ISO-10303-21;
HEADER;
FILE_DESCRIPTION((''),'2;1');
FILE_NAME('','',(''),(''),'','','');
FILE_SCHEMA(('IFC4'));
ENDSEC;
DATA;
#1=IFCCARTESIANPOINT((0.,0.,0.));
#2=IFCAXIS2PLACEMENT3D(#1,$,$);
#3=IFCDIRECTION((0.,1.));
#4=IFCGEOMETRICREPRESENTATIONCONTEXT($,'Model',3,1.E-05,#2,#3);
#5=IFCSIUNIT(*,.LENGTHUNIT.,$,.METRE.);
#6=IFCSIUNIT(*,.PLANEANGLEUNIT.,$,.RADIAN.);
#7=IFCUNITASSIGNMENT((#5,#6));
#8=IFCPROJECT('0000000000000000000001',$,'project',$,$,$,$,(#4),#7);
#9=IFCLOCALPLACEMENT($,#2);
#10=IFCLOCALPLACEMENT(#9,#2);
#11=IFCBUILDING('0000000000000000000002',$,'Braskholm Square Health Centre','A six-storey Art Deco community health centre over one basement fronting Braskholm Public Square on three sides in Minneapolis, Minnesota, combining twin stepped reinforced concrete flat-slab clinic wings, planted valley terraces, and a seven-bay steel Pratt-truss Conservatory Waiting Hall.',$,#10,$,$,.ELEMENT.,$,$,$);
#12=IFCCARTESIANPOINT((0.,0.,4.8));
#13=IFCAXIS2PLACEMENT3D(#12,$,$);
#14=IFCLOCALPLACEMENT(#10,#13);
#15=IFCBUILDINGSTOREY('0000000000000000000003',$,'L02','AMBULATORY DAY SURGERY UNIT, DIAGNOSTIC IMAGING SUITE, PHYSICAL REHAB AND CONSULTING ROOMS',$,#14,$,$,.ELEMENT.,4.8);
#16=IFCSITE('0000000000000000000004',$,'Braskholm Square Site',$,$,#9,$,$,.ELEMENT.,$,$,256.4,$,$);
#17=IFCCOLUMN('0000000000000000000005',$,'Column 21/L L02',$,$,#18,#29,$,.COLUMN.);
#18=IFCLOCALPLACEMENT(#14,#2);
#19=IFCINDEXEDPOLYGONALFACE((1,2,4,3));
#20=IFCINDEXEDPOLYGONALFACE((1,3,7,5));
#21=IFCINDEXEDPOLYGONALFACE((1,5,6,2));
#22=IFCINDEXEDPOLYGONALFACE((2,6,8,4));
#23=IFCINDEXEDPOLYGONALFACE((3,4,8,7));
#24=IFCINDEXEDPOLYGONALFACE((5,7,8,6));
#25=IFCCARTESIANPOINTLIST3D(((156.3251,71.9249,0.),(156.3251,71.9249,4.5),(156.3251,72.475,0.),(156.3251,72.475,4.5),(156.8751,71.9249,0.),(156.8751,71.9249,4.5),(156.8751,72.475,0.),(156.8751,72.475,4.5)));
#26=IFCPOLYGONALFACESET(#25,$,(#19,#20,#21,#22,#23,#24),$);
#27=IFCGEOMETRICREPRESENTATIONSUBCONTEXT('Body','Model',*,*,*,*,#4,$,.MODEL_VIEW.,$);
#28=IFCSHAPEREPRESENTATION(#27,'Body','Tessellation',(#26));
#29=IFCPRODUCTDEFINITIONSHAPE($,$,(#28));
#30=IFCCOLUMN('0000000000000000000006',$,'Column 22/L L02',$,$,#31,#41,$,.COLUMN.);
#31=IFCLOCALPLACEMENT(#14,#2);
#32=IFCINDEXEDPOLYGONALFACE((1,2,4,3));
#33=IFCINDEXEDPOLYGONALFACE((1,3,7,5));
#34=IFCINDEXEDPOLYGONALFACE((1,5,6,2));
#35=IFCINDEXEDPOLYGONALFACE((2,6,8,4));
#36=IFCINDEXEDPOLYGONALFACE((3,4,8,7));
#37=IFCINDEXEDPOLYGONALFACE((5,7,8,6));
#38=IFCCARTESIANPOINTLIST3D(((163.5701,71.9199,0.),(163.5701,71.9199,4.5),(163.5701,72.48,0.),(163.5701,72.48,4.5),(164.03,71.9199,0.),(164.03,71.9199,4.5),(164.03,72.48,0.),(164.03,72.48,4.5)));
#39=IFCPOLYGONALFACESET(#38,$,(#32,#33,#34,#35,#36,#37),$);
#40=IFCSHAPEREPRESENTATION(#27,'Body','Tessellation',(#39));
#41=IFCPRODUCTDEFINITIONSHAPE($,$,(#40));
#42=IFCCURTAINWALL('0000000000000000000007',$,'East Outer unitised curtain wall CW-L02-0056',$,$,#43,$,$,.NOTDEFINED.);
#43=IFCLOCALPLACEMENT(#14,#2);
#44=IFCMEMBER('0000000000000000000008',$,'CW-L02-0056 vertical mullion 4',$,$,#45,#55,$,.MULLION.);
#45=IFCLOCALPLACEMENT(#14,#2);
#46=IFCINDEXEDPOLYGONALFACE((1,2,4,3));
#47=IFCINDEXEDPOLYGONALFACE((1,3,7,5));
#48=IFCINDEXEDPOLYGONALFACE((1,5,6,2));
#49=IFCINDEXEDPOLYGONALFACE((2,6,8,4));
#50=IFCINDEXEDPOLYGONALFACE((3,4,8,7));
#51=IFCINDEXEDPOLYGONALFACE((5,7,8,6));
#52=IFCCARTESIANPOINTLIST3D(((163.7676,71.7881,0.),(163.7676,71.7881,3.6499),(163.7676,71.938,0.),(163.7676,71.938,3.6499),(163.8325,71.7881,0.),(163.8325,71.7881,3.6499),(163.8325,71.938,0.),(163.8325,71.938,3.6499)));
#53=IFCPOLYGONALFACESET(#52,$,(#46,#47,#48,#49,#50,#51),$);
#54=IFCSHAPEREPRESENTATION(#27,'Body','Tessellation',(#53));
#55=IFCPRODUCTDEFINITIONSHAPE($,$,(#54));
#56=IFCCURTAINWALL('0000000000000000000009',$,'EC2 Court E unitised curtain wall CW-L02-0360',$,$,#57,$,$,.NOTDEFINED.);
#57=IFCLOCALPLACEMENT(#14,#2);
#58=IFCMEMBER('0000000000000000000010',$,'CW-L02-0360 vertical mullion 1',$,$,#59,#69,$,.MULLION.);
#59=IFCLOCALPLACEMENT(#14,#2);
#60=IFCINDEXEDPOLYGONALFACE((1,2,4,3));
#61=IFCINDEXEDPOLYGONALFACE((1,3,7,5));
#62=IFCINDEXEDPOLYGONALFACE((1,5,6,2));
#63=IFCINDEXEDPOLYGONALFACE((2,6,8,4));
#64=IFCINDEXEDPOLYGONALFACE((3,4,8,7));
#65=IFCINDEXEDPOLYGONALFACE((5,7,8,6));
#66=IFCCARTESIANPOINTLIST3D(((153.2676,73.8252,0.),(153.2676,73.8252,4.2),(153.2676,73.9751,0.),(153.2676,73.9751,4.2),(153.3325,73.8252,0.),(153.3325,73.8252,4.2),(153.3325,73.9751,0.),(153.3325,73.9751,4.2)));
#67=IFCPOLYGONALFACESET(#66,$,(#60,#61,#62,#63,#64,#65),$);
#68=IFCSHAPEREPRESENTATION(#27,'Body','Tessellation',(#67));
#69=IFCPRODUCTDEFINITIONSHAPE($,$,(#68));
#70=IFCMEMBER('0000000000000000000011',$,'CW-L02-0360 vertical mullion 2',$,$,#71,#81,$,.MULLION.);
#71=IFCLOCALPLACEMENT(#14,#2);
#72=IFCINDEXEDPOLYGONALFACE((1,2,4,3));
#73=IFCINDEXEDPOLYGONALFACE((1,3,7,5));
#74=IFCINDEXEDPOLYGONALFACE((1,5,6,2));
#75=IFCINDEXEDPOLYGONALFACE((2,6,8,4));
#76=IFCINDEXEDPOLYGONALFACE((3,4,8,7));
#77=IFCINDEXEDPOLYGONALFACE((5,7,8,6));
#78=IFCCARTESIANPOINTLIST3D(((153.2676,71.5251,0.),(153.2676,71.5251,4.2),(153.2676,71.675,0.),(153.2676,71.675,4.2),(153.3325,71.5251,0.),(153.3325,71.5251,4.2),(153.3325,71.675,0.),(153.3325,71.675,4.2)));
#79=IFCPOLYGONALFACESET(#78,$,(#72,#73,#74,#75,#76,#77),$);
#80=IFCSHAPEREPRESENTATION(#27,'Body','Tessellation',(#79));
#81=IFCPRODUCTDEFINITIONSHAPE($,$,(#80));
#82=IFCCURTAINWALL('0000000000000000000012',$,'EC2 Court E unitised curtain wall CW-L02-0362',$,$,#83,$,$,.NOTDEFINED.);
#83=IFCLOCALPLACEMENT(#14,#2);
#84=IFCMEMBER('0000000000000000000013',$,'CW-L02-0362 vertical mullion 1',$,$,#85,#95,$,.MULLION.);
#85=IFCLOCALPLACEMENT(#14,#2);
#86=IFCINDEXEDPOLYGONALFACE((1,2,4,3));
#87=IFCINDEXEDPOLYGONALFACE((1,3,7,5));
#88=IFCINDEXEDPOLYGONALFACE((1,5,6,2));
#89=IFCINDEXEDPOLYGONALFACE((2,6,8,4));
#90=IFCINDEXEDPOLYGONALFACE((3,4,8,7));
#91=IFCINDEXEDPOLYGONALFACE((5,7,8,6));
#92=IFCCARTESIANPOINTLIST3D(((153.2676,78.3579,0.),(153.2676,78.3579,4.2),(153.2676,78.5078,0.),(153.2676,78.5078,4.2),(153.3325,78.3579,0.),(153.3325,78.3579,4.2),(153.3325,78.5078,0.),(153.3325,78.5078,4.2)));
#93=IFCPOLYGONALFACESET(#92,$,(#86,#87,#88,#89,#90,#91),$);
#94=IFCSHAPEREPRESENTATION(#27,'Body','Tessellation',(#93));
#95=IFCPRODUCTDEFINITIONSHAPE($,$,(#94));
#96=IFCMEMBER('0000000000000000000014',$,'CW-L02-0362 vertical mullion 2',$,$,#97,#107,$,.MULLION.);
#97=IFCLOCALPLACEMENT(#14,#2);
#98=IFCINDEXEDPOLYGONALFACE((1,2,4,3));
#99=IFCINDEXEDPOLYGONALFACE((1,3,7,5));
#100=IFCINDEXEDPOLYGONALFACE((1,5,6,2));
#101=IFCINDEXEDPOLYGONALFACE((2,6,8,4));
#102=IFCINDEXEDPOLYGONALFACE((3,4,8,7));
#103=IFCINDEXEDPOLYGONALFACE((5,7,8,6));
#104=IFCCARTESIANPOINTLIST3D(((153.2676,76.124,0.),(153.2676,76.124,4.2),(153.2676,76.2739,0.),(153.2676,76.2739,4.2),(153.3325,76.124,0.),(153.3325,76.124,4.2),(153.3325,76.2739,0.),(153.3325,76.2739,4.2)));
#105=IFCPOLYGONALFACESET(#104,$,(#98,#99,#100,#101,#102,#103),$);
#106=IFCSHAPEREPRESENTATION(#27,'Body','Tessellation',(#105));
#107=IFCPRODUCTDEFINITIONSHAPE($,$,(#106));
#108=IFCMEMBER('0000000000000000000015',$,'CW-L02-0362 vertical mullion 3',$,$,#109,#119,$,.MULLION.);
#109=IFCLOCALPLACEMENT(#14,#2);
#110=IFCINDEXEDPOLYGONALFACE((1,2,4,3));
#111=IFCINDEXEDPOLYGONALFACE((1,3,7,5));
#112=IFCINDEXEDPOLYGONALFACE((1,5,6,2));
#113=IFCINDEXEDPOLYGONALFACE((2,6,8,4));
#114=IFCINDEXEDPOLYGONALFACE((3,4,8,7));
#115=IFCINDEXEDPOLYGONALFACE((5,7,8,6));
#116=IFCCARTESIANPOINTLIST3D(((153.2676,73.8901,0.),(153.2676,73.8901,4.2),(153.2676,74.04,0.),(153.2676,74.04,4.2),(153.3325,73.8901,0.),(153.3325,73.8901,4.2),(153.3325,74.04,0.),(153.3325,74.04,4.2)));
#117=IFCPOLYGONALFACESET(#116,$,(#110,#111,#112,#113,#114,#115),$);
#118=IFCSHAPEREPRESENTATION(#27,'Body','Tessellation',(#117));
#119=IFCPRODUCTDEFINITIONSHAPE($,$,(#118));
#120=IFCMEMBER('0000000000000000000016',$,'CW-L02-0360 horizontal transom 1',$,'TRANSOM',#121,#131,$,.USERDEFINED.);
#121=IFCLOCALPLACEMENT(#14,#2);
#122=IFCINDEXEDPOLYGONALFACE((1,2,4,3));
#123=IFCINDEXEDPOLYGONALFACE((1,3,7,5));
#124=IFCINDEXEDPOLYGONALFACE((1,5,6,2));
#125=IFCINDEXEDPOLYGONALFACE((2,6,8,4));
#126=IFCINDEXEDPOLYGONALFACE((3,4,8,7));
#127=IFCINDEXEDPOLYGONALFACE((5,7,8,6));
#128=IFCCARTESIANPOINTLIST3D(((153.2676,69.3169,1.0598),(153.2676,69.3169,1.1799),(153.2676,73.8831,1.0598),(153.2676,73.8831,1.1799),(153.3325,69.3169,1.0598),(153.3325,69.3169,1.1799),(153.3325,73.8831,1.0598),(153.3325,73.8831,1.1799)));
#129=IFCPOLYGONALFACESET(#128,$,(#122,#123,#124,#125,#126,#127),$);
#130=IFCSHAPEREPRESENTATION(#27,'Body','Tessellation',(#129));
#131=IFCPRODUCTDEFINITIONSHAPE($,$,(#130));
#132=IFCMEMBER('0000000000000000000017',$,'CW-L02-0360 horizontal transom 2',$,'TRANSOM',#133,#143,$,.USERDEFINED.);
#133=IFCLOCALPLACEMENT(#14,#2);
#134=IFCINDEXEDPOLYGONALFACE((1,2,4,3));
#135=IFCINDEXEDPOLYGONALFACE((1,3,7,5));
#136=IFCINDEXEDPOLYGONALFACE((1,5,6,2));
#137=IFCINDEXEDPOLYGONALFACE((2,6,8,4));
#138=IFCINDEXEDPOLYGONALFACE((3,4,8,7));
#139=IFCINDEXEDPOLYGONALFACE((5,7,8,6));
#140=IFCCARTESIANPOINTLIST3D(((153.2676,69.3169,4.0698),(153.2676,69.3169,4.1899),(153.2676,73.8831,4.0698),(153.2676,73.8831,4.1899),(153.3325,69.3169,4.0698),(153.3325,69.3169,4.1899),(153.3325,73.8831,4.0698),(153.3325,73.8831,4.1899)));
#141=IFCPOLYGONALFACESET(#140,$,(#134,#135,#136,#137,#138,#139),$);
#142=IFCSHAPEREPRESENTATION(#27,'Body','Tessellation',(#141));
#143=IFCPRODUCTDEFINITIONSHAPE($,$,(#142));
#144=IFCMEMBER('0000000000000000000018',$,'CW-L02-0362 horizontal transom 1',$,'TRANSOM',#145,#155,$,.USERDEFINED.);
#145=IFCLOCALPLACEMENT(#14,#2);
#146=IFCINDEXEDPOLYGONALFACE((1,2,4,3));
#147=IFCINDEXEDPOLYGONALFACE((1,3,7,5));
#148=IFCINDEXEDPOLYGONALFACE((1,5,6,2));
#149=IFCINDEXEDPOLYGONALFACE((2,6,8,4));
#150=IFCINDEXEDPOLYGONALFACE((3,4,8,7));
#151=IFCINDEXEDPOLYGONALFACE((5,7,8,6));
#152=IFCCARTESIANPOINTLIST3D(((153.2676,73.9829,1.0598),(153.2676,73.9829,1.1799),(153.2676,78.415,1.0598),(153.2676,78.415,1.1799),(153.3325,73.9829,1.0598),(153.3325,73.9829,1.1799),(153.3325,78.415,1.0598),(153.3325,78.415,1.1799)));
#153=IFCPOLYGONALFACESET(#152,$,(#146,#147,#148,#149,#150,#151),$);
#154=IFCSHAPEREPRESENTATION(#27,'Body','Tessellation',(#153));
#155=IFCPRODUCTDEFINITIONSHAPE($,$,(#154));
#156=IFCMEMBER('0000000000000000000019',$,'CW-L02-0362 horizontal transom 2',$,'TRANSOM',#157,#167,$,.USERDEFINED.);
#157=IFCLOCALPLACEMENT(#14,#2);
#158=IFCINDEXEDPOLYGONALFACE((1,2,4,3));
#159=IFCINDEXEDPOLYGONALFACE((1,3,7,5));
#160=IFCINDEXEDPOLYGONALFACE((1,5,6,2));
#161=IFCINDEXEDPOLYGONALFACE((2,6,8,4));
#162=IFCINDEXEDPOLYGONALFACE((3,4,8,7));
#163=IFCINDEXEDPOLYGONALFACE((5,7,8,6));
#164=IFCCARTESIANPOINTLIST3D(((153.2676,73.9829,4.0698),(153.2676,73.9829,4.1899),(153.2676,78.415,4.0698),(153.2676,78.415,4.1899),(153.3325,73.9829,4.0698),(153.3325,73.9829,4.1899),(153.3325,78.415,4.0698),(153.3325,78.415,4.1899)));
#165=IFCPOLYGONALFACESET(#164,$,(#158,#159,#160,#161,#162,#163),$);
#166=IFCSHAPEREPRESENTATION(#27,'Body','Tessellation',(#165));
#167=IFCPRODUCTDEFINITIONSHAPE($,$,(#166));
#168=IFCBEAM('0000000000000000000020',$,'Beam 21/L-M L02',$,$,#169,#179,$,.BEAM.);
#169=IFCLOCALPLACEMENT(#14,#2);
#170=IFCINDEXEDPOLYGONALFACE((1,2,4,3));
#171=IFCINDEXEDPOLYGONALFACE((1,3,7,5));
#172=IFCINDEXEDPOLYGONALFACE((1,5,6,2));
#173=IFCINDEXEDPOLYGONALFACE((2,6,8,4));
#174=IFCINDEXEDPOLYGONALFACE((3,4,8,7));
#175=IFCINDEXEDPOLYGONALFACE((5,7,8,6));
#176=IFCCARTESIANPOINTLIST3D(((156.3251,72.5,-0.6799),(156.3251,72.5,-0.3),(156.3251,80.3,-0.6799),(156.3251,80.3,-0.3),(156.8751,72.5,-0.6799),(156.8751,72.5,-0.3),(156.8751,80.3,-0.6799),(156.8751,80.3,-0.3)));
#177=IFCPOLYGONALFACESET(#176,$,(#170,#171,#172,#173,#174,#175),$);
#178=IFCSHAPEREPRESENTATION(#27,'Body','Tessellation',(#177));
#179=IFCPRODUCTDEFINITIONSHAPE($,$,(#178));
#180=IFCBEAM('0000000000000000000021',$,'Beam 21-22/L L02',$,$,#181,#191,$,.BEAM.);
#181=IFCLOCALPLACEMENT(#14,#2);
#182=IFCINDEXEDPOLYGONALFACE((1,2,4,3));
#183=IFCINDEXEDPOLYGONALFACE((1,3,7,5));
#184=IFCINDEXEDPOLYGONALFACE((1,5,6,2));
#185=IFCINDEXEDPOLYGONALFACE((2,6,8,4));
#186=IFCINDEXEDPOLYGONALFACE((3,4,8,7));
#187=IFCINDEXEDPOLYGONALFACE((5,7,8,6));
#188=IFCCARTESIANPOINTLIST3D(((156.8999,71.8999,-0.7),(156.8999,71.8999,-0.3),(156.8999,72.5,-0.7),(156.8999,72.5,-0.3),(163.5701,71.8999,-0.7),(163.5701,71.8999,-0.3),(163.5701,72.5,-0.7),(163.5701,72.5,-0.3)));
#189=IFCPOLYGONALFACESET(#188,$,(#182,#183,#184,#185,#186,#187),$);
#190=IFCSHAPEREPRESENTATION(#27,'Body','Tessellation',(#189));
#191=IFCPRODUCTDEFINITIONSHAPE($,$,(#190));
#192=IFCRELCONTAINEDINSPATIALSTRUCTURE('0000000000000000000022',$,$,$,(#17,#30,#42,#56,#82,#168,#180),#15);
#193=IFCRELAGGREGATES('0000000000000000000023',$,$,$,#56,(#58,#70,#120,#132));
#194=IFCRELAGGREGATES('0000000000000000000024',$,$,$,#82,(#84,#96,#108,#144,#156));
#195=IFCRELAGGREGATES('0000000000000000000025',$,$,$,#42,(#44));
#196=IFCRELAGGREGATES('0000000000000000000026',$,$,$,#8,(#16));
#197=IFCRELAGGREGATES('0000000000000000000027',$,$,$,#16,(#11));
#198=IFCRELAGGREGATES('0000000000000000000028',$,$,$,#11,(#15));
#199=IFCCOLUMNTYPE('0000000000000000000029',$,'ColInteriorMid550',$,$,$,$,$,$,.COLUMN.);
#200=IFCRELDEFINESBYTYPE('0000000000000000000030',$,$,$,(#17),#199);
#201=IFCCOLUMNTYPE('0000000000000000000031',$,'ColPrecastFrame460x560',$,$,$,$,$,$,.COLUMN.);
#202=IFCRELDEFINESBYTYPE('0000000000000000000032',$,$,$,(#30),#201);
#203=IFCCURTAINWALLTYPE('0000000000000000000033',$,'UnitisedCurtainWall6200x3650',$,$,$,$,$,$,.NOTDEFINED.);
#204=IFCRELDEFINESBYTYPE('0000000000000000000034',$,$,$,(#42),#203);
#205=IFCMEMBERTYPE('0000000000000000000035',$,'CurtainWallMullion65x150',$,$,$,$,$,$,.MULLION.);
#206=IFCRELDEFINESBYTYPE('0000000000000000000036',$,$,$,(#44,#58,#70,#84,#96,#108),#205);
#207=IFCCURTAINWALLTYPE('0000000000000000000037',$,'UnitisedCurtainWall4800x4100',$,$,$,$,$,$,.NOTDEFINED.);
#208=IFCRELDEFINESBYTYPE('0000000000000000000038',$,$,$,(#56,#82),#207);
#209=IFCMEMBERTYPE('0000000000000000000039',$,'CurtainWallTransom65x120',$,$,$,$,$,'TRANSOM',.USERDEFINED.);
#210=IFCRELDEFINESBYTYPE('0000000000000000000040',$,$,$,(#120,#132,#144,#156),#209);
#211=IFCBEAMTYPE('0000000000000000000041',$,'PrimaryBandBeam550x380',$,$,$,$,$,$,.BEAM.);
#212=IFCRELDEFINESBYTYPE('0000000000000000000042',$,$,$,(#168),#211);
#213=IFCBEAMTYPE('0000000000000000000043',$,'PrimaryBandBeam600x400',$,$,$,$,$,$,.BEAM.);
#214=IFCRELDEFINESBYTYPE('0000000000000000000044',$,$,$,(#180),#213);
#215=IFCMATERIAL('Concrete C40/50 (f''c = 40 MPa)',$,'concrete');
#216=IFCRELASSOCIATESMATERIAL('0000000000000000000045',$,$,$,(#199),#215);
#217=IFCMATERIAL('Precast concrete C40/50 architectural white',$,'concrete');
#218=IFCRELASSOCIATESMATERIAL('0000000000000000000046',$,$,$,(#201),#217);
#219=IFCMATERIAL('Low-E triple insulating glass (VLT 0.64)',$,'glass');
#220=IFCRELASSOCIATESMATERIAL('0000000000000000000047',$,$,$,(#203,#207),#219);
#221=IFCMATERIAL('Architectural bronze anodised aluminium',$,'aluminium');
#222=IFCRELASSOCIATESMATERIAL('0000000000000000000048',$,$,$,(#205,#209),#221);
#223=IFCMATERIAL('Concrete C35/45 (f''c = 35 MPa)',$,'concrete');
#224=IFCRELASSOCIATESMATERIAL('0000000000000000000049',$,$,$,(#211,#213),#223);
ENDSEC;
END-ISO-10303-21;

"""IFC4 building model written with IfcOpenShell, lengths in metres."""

from ifc_helpers import new_model, si_unit, direction, frame, origin, origin_2d, place, context, subcontext, project, spatial, rectangle, extrude, material, material_profile, profile_set, type_object, element, aggregate, save


model = new_model("IFC4")

# Units and contexts
model_context = context("Model", 3, precision=1e-05, world=origin(), true_north=direction((0.0, 1.0)))
body_context = subcontext(model_context, "Body", "Model", "MODEL_VIEW")
ifc_project = project(units=[si_unit("LENGTHUNIT", "METRE"), si_unit("PLANEANGLEUNIT", "RADIAN")], contexts=[model_context])

# Site, building, storey
site_placement = place(None, origin())
site = spatial("IfcSite", under=ifc_project, at=site_placement, Name="Braskholm Square Site", CompositionType="ELEMENT", RefElevation=256.4)
building_placement = place(site_placement, origin())
building = spatial("IfcBuilding", under=site, at=building_placement, Name="Braskholm Square Health Centre", Description="A six-storey Art Deco community health centre over one basement fronting Braskholm Public Square on three sides in Minneapolis, Minnesota, combining twin stepped reinforced concrete flat-slab clinic wings, planted valley terraces, and a seven-bay steel Pratt-truss Conservatory Waiting Hall.", CompositionType="ELEMENT")
storey_placement = place(building_placement, frame((0.0, 0.0, 4.8)))
storey = spatial("IfcBuildingStorey", under=building, at=storey_placement, Name="L02", Description="AMBULATORY DAY SURGERY UNIT, DIAGNOSTIC IMAGING SUITE, PHYSICAL REHAB AND CONSULTING ROOMS", CompositionType="ELEMENT", Elevation=4.8)

# Columns
ifc_material_1 = material(Name="Concrete C40/50 (f'c = 40 MPa)", Category="concrete")
ifc_material_profile_1 = material_profile(ifc_material_1, rectangle(XDim=0.55, YDim=0.55, at=origin_2d()), Name="RC-550X550")
ifc_profile_set_1 = profile_set([ifc_material_profile_1], Name="Concrete C40/50 (f'c = 40 MPa)")
column_type_1 = type_object("IfcColumnType", Name="ColInteriorMid550", PredefinedType="COLUMN", material=ifc_profile_set_1)
column_1_placement = place(storey_placement, frame((156.6001, 72.2, 0.0), z_axis=(0.0, 0.0, 1.0), x_axis=(1.0, 0.0, 0.0)))
element("IfcColumn", 1, at=column_1_placement, inside=storey, type_object=column_type_1, Name="Column 21/L L02", PredefinedType="COLUMN", context=body_context, shape_type="SweptSolid", body=[
    extrude(rectangle(XDim=0.55, YDim=0.55, at=origin_2d()), origin(), (0.0, 0.0, 1.0), 4.5),
])
ifc_material_2 = material(Name="Precast concrete C40/50 architectural white", Category="concrete")
ifc_material_profile_2 = material_profile(ifc_material_2, rectangle(XDim=0.46, YDim=0.5601, at=origin_2d()), Name="RC-460X560")
ifc_profile_set_2 = profile_set([ifc_material_profile_2], Name="Precast concrete C40/50 architectural white")
column_type_2 = type_object("IfcColumnType", Name="ColPrecastFrame460x560", PredefinedType="COLUMN", material=ifc_profile_set_2)
column_2_placement = place(storey_placement, frame((163.8, 72.2, 0.0), z_axis=(0.0, 0.0, 1.0), x_axis=(1.0, 0.0, 0.0)))
element("IfcColumn", 2, at=column_2_placement, inside=storey, type_object=column_type_2, Name="Column 22/L L02", PredefinedType="COLUMN", context=body_context, shape_type="SweptSolid", body=[
    extrude(rectangle(XDim=0.46, YDim=0.5601, at=origin_2d()), origin(), (0.0, 0.0, 1.0), 4.5),
])

# Curtain wall, member
ifc_material_3 = material(Name="Low-E triple insulating glass (VLT 0.64)", Category="glass")
curtain_wall_type_1 = type_object("IfcCurtainWallType", Name="UnitisedCurtainWall6200x3650", PredefinedType="NOTDEFINED", material=ifc_material_3)
curtain_wall_1_placement = place(storey_placement, origin())
curtain_wall_1 = element("IfcCurtainWall", 3, at=curtain_wall_1_placement, inside=storey, type_object=curtain_wall_type_1, Name="East Outer unitised curtain wall CW-L02-0056", PredefinedType="NOTDEFINED")
ifc_material_4 = material(Name="Architectural bronze anodised aluminium", Category="aluminium")
ifc_material_profile_3 = material_profile(ifc_material_4, rectangle(XDim=0.0649, YDim=0.1499, at=origin_2d()), Name="ALU-65X150")
ifc_profile_set_3 = profile_set([ifc_material_profile_3], Name="Architectural bronze anodised aluminium")
member_type_1 = type_object("IfcMemberType", Name="CurtainWallMullion65x150", PredefinedType="MULLION", material=ifc_profile_set_3)
member_1_placement = place(storey_placement, frame((163.8, 71.863, 0.0), z_axis=(0.0, 0.0, 1.0), x_axis=(1.0, 0.0, 0.0)))
member_1 = element("IfcMember", 4, at=member_1_placement, type_object=member_type_1, Name="CW-L02-0056 vertical mullion 4", PredefinedType="MULLION", context=body_context, shape_type="SweptSolid", body=[
    extrude(rectangle(XDim=0.0649, YDim=0.1499, at=origin_2d()), origin(), (0.0, 0.0, 1.0), 3.6499),
])

# Curtain walls, members
curtain_wall_type_2 = type_object("IfcCurtainWallType", Name="UnitisedCurtainWall4800x4100", PredefinedType="NOTDEFINED", material=ifc_material_3)
curtain_wall_2_placement = place(storey_placement, origin())
curtain_wall_2 = element("IfcCurtainWall", 5, at=curtain_wall_2_placement, inside=storey, type_object=curtain_wall_type_2, Name="EC2 Court E unitised curtain wall CW-L02-0360", PredefinedType="NOTDEFINED")
member_2_placement = place(storey_placement, frame((153.3, 73.9001, 0.0), z_axis=(0.0, 0.0, 1.0), x_axis=(1.0, 0.0, 0.0)))
member_2 = element("IfcMember", 6, at=member_2_placement, type_object=member_type_1, Name="CW-L02-0360 vertical mullion 1", PredefinedType="MULLION", context=body_context, shape_type="SweptSolid", body=[
    extrude(rectangle(XDim=0.0649, YDim=0.1499, at=origin_2d()), origin(), (0.0, 0.0, 1.0), 4.2),
])
member_3_placement = place(storey_placement, frame((153.3, 71.6001, 0.0), z_axis=(0.0, 0.0, 1.0), x_axis=(1.0, 0.0, 0.0)))
member_3 = element("IfcMember", 7, at=member_3_placement, type_object=member_type_1, Name="CW-L02-0360 vertical mullion 2", PredefinedType="MULLION", context=body_context, shape_type="SweptSolid", body=[
    extrude(rectangle(XDim=0.0649, YDim=0.1499, at=origin_2d()), origin(), (0.0, 0.0, 1.0), 4.2),
])
curtain_wall_3_placement = place(storey_placement, origin())
curtain_wall_3 = element("IfcCurtainWall", 8, at=curtain_wall_3_placement, inside=storey, type_object=curtain_wall_type_2, Name="EC2 Court E unitised curtain wall CW-L02-0362", PredefinedType="NOTDEFINED")
member_4_placement = place(storey_placement, frame((153.3, 78.4329, 0.0), z_axis=(0.0, 0.0, 1.0), x_axis=(1.0, 0.0, 0.0)))
member_4 = element("IfcMember", 9, at=member_4_placement, type_object=member_type_1, Name="CW-L02-0362 vertical mullion 1", PredefinedType="MULLION", context=body_context, shape_type="SweptSolid", body=[
    extrude(rectangle(XDim=0.0649, YDim=0.1499, at=origin_2d()), origin(), (0.0, 0.0, 1.0), 4.2),
])
member_5_placement = place(storey_placement, frame((153.3, 76.199, 0.0), z_axis=(0.0, 0.0, 1.0), x_axis=(1.0, 0.0, 0.0)))
member_5 = element("IfcMember", 10, at=member_5_placement, type_object=member_type_1, Name="CW-L02-0362 vertical mullion 2", PredefinedType="MULLION", context=body_context, shape_type="SweptSolid", body=[
    extrude(rectangle(XDim=0.0649, YDim=0.1499, at=origin_2d()), origin(), (0.0, 0.0, 1.0), 4.2),
])
member_6_placement = place(storey_placement, frame((153.3, 73.9651, 0.0), z_axis=(0.0, 0.0, 1.0), x_axis=(1.0, 0.0, 0.0)))
member_6 = element("IfcMember", 11, at=member_6_placement, type_object=member_type_1, Name="CW-L02-0362 vertical mullion 3", PredefinedType="MULLION", context=body_context, shape_type="SweptSolid", body=[
    extrude(rectangle(XDim=0.0649, YDim=0.1499, at=origin_2d()), origin(), (0.0, 0.0, 1.0), 4.2),
])

# Members
ifc_material_profile_4 = material_profile(ifc_material_4, rectangle(XDim=0.0649, YDim=0.1201, at=origin_2d()), Name="ALU-65X120")
ifc_profile_set_4 = profile_set([ifc_material_profile_4], Name="Architectural bronze anodised aluminium")
member_type_2 = type_object("IfcMemberType", Name="CurtainWallTransom65x120", ElementType="TRANSOM", PredefinedType="USERDEFINED", material=ifc_profile_set_4)
member_7_placement = place(storey_placement, frame((153.3, 73.8831, 1.1199), z_axis=(0.0, -1.0, 0.0), x_axis=(1.0, 0.0, 0.0)))
member_7 = element("IfcMember", 12, at=member_7_placement, type_object=member_type_2, Name="CW-L02-0360 horizontal transom 1", ObjectType="TRANSOM", PredefinedType="USERDEFINED", context=body_context, shape_type="SweptSolid", body=[
    extrude(rectangle(XDim=0.0649, YDim=0.1201, at=origin_2d()), origin(), (0.0, 0.0, 1.0), 4.5662),
])
member_8_placement = place(storey_placement, frame((153.3, 73.8831, 4.1299), z_axis=(0.0, -1.0, 0.0), x_axis=(1.0, 0.0, 0.0)))
member_8 = element("IfcMember", 13, at=member_8_placement, type_object=member_type_2, Name="CW-L02-0360 horizontal transom 2", ObjectType="TRANSOM", PredefinedType="USERDEFINED", context=body_context, shape_type="SweptSolid", body=[
    extrude(rectangle(XDim=0.0649, YDim=0.1201, at=origin_2d()), origin(), (0.0, 0.0, 1.0), 4.5662),
])
member_9_placement = place(storey_placement, frame((153.3, 78.415, 1.1199), z_axis=(0.0, -1.0, 0.0), x_axis=(1.0, 0.0, 0.0)))
member_9 = element("IfcMember", 14, at=member_9_placement, type_object=member_type_2, Name="CW-L02-0362 horizontal transom 1", ObjectType="TRANSOM", PredefinedType="USERDEFINED", context=body_context, shape_type="SweptSolid", body=[
    extrude(rectangle(XDim=0.0649, YDim=0.1201, at=origin_2d()), origin(), (0.0, 0.0, 1.0), 4.4321),
])
member_10_placement = place(storey_placement, frame((153.3, 78.415, 4.1299), z_axis=(0.0, -1.0, 0.0), x_axis=(1.0, 0.0, 0.0)))
member_10 = element("IfcMember", 15, at=member_10_placement, type_object=member_type_2, Name="CW-L02-0362 horizontal transom 2", ObjectType="TRANSOM", PredefinedType="USERDEFINED", context=body_context, shape_type="SweptSolid", body=[
    extrude(rectangle(XDim=0.0649, YDim=0.1201, at=origin_2d()), origin(), (0.0, 0.0, 1.0), 4.4321),
])

# Beams
ifc_material_5 = material(Name="Concrete C35/45 (f'c = 35 MPa)", Category="concrete")
ifc_material_profile_5 = material_profile(ifc_material_5, rectangle(XDim=0.55, YDim=0.3799, at=origin_2d()), Name="RCB-550X380")
ifc_profile_set_5 = profile_set([ifc_material_profile_5], Name="Concrete C35/45 (f'c = 35 MPa)")
beam_type_1 = type_object("IfcBeamType", Name="PrimaryBandBeam550x380", PredefinedType="BEAM", material=ifc_profile_set_5)
beam_1_placement = place(storey_placement, frame((156.6001, 72.5, -0.49), z_axis=(0.0, 1.0, 0.0), x_axis=(-1.0, 0.0, 0.0)))
element("IfcBeam", 16, at=beam_1_placement, inside=storey, type_object=beam_type_1, Name="Beam 21/L-M L02", PredefinedType="BEAM", context=body_context, shape_type="SweptSolid", body=[
    extrude(rectangle(XDim=0.55, YDim=0.3799, at=origin_2d()), origin(), (0.0, 0.0, 1.0), 7.8),
])
ifc_material_profile_6 = material_profile(ifc_material_5, rectangle(XDim=0.6001, YDim=0.3999, at=origin_2d()), Name="RCB-600X400")
ifc_profile_set_6 = profile_set([ifc_material_profile_6], Name="Concrete C35/45 (f'c = 35 MPa)")
beam_type_2 = type_object("IfcBeamType", Name="PrimaryBandBeam600x400", PredefinedType="BEAM", material=ifc_profile_set_6)
beam_2_placement = place(storey_placement, frame((156.8999, 72.2, -0.5), z_axis=(1.0, 0.0, 0.0), x_axis=(0.0, 1.0, 0.0)))
element("IfcBeam", 17, at=beam_2_placement, inside=storey, type_object=beam_type_2, Name="Beam 21-22/L L02", PredefinedType="BEAM", context=body_context, shape_type="SweptSolid", body=[
    extrude(rectangle(XDim=0.6001, YDim=0.3999, at=origin_2d()), origin(), (0.0, 0.0, 1.0), 6.6702),
])

aggregate(curtain_wall_2, [member_2, member_3, member_7, member_8])
aggregate(curtain_wall_3, [member_4, member_5, member_6, member_9, member_10])
aggregate(curtain_wall_1, [member_1])

save(model, "model.ifc")
